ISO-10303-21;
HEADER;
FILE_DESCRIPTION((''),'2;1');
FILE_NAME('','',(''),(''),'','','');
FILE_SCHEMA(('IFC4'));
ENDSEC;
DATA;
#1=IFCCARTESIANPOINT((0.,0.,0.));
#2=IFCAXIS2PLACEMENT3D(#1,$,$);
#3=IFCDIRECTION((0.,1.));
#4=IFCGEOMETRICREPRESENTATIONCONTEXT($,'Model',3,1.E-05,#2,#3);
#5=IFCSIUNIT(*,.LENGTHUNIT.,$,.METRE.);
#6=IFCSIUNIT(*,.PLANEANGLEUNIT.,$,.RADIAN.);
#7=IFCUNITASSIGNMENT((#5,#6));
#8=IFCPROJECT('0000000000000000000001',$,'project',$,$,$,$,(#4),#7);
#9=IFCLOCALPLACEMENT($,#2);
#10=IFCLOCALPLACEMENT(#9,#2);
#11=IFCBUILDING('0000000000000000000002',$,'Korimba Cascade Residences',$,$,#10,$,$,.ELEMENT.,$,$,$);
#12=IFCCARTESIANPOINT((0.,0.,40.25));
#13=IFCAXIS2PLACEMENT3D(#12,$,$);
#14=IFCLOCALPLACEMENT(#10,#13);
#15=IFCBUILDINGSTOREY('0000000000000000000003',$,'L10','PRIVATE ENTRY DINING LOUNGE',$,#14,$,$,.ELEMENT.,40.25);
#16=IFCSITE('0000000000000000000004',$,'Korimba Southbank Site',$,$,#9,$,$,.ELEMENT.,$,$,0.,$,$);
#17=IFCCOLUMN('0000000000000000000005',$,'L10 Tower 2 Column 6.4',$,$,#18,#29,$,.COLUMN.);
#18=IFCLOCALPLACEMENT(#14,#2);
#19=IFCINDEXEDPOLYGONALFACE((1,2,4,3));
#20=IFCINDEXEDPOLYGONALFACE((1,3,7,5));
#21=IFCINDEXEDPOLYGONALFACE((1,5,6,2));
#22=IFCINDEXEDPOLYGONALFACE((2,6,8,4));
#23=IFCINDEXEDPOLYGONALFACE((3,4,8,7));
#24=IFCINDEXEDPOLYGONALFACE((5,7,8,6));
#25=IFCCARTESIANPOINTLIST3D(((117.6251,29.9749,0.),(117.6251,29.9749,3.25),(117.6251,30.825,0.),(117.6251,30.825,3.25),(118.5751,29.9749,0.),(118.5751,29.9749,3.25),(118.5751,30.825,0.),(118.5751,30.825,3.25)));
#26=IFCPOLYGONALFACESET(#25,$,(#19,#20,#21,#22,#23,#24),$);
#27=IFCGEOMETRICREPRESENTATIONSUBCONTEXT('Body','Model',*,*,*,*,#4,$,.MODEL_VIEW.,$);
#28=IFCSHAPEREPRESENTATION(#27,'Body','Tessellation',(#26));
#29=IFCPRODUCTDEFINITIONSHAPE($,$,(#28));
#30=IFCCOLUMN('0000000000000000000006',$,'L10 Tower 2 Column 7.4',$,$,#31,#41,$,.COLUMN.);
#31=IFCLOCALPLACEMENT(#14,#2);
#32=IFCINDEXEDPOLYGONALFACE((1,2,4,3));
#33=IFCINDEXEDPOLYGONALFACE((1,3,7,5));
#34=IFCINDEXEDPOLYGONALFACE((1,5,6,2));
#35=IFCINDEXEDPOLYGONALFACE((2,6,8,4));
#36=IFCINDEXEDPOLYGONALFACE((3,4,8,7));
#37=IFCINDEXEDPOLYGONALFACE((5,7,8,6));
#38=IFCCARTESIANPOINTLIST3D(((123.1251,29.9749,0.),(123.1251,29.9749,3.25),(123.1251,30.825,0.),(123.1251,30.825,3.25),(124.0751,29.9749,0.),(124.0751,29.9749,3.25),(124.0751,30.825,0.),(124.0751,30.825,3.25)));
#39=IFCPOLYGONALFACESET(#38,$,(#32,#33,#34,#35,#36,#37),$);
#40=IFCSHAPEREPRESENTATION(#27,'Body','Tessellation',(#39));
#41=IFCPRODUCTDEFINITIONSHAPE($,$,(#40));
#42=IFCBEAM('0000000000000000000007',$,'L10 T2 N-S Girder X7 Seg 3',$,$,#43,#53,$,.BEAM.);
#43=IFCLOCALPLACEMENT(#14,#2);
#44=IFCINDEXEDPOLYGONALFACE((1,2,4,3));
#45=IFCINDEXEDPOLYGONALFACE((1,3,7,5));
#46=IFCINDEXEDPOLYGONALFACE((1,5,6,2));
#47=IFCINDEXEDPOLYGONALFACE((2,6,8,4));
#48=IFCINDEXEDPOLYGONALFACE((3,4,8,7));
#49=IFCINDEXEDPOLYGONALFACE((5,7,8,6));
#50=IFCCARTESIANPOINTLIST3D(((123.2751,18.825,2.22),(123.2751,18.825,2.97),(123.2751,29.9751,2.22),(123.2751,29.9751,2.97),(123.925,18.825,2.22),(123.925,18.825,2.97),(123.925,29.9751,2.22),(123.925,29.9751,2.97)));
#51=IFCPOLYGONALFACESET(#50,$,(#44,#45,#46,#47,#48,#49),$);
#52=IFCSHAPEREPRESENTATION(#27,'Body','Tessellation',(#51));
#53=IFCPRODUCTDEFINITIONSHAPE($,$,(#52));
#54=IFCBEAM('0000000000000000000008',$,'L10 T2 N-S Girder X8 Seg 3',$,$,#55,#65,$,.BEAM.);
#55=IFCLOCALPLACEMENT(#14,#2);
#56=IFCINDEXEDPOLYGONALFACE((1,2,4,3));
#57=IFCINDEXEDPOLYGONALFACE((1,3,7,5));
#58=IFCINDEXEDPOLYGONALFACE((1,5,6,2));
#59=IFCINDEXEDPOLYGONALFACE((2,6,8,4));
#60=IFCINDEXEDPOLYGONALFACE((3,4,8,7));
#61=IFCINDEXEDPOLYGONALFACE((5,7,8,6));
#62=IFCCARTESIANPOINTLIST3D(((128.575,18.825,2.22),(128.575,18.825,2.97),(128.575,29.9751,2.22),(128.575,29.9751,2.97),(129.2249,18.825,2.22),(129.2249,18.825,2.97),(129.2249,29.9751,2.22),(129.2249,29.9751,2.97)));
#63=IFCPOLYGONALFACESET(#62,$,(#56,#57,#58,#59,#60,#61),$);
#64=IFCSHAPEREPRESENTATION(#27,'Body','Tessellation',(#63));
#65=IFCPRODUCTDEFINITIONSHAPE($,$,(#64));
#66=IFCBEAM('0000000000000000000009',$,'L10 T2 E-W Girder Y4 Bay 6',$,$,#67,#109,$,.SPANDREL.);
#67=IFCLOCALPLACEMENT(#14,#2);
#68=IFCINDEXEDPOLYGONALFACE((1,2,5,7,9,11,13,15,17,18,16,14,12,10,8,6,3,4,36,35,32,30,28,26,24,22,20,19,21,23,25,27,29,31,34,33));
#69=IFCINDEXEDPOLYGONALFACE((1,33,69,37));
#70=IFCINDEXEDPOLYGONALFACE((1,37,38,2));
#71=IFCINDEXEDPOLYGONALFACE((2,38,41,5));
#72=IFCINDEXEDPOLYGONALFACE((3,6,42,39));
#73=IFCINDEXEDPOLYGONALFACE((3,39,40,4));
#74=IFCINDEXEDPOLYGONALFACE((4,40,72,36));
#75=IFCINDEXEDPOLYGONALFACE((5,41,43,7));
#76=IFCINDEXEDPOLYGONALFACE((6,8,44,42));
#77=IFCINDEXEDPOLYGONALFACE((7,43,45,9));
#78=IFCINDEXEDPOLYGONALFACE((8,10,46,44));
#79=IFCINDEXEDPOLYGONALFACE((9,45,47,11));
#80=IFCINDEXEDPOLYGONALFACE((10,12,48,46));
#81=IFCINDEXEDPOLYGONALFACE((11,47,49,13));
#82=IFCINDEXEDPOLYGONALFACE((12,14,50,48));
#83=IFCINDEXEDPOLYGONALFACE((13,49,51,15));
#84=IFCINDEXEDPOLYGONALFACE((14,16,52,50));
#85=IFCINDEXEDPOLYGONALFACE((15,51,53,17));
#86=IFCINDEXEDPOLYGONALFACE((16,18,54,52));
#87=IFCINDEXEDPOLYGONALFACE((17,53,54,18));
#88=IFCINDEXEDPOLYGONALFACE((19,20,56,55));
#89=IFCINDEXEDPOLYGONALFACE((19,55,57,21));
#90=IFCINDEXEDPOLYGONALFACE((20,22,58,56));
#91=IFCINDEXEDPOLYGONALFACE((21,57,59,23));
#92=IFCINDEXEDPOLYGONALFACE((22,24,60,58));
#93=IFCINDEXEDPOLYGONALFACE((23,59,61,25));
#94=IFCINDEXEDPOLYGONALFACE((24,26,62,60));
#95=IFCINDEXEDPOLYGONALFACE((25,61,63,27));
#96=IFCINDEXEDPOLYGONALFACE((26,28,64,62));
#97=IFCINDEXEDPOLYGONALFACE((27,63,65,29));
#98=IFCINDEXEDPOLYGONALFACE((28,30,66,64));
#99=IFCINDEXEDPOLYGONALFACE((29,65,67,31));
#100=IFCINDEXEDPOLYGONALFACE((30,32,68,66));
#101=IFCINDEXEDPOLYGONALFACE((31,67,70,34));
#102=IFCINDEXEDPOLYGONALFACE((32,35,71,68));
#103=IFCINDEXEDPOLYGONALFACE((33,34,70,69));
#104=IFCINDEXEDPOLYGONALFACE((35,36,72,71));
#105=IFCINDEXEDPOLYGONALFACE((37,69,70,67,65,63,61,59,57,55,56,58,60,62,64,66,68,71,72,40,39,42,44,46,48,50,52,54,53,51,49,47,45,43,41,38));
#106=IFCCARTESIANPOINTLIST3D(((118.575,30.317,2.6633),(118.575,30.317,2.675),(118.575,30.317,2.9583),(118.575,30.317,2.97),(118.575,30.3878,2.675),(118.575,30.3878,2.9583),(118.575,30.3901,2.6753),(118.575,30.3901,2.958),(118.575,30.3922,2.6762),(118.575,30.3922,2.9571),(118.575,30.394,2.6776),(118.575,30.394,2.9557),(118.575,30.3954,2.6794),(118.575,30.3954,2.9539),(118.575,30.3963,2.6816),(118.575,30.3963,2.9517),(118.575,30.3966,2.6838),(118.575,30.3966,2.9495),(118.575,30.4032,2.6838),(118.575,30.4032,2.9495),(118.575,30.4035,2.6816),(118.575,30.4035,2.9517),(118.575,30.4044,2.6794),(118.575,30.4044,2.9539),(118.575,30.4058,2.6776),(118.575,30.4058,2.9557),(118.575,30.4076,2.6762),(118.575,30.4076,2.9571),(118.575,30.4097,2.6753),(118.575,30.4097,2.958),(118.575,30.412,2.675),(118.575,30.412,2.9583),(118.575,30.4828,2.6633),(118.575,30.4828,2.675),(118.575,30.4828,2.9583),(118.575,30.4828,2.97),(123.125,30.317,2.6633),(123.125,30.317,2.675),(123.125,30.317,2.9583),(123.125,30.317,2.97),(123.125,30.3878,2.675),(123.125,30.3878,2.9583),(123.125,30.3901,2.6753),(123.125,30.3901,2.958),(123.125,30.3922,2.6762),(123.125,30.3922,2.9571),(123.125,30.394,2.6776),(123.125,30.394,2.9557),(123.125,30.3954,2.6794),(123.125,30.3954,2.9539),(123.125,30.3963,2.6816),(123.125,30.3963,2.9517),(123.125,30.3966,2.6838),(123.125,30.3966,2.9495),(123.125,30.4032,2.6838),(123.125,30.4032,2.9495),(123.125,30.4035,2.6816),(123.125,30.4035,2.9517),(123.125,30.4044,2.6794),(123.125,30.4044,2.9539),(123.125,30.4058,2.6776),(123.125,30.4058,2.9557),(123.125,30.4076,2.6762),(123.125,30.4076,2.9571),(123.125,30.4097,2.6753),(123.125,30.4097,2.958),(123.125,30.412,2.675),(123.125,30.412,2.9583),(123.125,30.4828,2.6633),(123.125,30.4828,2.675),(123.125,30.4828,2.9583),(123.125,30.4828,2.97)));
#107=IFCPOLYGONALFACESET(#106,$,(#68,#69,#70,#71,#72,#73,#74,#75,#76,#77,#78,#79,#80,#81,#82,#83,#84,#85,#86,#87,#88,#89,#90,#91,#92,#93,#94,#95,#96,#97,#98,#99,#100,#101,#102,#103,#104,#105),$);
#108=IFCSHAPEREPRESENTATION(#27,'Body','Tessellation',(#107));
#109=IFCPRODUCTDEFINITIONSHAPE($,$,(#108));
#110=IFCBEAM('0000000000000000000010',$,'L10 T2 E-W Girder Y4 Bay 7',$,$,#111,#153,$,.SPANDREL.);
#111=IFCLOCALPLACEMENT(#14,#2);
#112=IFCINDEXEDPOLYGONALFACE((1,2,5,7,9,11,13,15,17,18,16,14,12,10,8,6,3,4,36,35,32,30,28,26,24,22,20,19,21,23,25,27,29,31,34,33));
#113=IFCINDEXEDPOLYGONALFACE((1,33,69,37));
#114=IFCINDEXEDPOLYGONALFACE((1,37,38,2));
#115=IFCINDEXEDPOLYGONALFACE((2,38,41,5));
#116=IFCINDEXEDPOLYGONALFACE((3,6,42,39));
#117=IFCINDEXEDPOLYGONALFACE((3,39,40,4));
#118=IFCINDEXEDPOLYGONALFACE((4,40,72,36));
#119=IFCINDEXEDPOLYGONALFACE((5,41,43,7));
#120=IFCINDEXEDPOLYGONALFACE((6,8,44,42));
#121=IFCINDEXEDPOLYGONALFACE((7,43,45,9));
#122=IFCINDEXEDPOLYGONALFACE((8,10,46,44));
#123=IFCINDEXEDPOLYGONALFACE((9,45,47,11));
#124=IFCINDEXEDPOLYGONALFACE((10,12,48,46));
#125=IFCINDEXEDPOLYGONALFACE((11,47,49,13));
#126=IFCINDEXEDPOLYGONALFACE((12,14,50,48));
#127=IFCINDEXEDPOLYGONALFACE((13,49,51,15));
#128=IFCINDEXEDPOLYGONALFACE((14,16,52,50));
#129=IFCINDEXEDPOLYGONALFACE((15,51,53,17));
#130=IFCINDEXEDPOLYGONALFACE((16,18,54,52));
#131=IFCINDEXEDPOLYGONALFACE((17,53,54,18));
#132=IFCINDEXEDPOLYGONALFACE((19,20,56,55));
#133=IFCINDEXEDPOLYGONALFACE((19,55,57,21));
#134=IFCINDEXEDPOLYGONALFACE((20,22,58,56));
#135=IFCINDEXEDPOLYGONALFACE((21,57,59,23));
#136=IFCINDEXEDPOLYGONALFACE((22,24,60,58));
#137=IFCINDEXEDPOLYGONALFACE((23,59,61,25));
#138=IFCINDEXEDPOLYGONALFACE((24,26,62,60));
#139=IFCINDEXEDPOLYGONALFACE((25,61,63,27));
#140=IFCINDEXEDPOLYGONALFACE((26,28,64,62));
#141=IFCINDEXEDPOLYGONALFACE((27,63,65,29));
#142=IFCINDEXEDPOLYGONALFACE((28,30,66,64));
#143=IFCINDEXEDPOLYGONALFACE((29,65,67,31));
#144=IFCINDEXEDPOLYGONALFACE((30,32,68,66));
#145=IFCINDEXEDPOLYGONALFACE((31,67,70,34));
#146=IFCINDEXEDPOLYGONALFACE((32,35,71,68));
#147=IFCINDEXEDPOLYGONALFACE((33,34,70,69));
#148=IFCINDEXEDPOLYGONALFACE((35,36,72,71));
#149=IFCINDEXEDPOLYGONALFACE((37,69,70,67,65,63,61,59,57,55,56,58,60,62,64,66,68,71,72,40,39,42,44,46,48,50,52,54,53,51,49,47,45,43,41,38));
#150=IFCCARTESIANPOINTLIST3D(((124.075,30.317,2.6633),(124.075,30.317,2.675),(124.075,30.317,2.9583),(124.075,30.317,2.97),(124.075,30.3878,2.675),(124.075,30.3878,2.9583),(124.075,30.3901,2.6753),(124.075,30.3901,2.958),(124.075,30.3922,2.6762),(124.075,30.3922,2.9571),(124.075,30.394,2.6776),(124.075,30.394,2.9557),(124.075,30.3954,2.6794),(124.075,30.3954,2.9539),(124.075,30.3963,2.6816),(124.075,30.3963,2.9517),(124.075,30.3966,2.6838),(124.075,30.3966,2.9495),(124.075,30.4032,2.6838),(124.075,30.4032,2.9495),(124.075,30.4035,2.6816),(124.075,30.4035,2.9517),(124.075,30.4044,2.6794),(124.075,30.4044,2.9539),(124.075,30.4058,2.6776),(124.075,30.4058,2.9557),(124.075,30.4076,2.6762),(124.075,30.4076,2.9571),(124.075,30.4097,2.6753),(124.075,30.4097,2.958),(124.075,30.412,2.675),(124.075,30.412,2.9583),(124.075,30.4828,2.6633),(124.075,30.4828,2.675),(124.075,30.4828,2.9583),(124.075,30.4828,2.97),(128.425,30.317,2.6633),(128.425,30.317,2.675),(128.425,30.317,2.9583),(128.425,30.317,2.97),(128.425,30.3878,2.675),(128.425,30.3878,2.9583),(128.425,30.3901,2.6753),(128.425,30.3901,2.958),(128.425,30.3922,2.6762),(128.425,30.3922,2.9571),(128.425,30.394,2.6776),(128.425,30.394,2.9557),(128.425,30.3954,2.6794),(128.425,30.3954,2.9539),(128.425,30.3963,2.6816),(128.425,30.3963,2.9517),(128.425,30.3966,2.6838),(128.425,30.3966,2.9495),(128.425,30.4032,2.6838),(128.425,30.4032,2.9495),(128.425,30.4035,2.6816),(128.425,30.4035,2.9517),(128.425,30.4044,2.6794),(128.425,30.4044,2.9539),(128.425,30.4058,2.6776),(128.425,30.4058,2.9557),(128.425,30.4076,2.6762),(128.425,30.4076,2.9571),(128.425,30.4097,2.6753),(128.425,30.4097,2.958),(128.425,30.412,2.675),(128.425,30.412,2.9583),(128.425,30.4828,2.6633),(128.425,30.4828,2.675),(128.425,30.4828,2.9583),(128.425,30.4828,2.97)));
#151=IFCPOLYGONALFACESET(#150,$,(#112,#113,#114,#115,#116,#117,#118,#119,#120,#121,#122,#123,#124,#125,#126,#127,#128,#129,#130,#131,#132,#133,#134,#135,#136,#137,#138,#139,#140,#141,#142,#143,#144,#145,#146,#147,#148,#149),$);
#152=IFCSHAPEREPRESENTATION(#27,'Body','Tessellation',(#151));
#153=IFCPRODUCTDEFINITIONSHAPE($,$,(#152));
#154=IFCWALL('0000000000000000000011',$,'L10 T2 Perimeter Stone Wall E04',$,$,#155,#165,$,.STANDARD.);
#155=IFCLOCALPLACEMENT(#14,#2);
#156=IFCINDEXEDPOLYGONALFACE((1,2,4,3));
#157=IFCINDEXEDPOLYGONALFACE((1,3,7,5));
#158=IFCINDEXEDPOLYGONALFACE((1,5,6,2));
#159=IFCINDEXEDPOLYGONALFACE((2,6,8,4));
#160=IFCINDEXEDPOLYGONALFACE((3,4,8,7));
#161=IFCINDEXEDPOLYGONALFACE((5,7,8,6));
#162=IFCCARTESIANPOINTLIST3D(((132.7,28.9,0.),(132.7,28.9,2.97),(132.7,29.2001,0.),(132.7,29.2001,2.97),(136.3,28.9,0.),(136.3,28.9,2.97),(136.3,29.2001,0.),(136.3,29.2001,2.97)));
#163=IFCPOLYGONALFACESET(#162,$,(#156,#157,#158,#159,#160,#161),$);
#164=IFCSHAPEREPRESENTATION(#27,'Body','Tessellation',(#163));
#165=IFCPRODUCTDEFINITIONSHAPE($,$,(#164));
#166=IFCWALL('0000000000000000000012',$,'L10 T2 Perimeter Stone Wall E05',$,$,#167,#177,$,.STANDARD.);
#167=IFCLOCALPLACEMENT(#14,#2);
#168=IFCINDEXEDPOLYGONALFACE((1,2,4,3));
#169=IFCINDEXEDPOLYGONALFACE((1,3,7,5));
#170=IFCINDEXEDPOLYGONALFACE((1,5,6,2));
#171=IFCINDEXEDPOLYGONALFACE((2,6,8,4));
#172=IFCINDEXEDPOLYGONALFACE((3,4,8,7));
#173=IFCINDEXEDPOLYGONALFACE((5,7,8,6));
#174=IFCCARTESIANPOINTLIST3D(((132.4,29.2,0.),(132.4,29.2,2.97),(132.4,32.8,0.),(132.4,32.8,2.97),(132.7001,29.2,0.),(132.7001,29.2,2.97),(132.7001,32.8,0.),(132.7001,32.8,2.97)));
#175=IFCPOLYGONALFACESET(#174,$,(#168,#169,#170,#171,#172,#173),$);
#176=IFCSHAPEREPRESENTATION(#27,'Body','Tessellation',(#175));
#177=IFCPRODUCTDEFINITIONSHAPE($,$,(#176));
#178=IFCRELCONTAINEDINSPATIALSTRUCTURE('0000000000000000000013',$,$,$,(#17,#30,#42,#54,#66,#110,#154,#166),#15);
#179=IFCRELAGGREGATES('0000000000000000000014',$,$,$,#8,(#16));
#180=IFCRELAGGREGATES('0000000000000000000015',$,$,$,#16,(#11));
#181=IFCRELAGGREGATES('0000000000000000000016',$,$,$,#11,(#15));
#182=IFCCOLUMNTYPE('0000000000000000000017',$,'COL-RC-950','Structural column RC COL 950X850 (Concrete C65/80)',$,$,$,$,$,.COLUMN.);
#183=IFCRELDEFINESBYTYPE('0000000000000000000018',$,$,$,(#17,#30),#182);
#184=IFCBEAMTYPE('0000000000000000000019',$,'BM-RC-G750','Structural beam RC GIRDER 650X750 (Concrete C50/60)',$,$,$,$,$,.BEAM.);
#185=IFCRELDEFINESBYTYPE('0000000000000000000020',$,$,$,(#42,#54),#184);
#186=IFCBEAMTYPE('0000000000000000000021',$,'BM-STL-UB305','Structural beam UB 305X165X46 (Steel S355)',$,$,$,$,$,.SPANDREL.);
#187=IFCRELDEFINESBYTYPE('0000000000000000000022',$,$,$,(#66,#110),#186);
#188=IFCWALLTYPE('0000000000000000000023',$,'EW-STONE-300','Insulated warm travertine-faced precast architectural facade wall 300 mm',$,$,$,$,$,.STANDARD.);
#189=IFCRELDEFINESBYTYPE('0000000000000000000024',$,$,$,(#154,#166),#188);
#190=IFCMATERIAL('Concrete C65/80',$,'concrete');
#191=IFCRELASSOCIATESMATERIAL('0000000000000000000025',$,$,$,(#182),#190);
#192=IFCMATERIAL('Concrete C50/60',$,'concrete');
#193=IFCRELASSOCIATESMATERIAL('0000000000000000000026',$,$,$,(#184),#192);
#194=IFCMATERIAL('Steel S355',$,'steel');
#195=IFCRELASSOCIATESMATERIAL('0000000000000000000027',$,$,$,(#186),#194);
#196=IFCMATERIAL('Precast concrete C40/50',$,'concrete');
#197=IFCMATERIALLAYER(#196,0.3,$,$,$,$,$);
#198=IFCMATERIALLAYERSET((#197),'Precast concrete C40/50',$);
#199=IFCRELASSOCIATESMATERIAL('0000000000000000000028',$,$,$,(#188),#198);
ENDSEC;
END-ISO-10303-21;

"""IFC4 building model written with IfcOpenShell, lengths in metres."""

from ifc_helpers import new_model, si_unit, direction, frame, frame_2d, origin, origin_2d, place, context, subcontext, project, spatial, rectangle, i_section, extrude, material, layer, layer_set, material_profile, profile_set, type_object, element, save


model = new_model("IFC4")

# Units and contexts
model_context = context("Model", 3, precision=1e-05, world=origin(), true_north=direction((0.0, 1.0)))
body_context = subcontext(model_context, "Body", "Model", "MODEL_VIEW")
ifc_project = project(units=[si_unit("LENGTHUNIT", "METRE"), si_unit("PLANEANGLEUNIT", "RADIAN")], contexts=[model_context])

# Site, building, storey
site_placement = place(None, origin())
site = spatial("IfcSite", under=ifc_project, at=site_placement, Name="Korimba Southbank Site", CompositionType="ELEMENT", RefElevation=0.0)
building_placement = place(site_placement, origin())
building = spatial("IfcBuilding", under=site, at=building_placement, Name="Korimba Cascade Residences", CompositionType="ELEMENT")
storey_placement = place(building_placement, frame((0.0, 0.0, 40.25)))
storey = spatial("IfcBuildingStorey", under=building, at=storey_placement, Name="L10", Description="PRIVATE ENTRY DINING LOUNGE", CompositionType="ELEMENT", Elevation=40.25)

# Columns
ifc_material_1 = material(Name="Concrete C65/80", Category="concrete")
ifc_material_profile_1 = material_profile(ifc_material_1, rectangle(XDim=0.95, YDim=0.8501, at=origin_2d()), Name="Concrete C65/80")
ifc_profile_set_1 = profile_set([ifc_material_profile_1], Name="Concrete C65/80")
column_type = type_object("IfcColumnType", Name="COL-RC-950", Description="Structural column RC COL 950X850 (Concrete C65/80)", PredefinedType="COLUMN", material=ifc_profile_set_1)
for number, where, z_axis, x_axis, name in (
    (1, (118.1001, 30.3999, 0.0), (0.0, 0.0, 1.0), (1.0, 0.0, 0.0), "L10 Tower 2 Column 6.4"),
    (2, (123.6001, 30.3999, 0.0), (0.0, 0.0, 1.0), (1.0, 0.0, 0.0), "L10 Tower 2 Column 7.4"),
):
    element("IfcColumn", number, at=place(storey_placement, frame(where, z_axis=z_axis, x_axis=x_axis)), inside=storey, type_object=column_type, Name=name, PredefinedType="COLUMN", context=body_context, shape_type="SweptSolid", body=[
        extrude(rectangle(XDim=0.95, YDim=0.8501, at=origin_2d()), origin(), (0.0, 0.0, 1.0), 3.25),
    ])

# Beams
ifc_material_2 = material(Name="Concrete C50/60", Category="concrete")
ifc_material_profile_2 = material_profile(ifc_material_2, rectangle(XDim=0.6499, YDim=0.75, at=origin_2d()), Name="Concrete C50/60")
ifc_profile_set_2 = profile_set([ifc_material_profile_2], Name="Concrete C50/60")
beam_type_1 = type_object("IfcBeamType", Name="BM-RC-G750", Description="Structural beam RC GIRDER 650X750 (Concrete C50/60)", PredefinedType="BEAM", material=ifc_profile_set_2)
for number, where, z_axis, x_axis, name in (
    (3, (123.6001, 18.825, 2.595), (0.0, 1.0, 0.0), (-1.0, 0.0, 0.0), "L10 T2 N-S Girder X7 Seg 3"),
    (4, (128.8999, 18.825, 2.595), (0.0, 1.0, 0.0), (-1.0, 0.0, 0.0), "L10 T2 N-S Girder X8 Seg 3"),
):
    element("IfcBeam", number, at=place(storey_placement, frame(where, z_axis=z_axis, x_axis=x_axis)), inside=storey, type_object=beam_type_1, Name=name, PredefinedType="BEAM", context=body_context, shape_type="SweptSolid", body=[
        extrude(rectangle(XDim=0.6499, YDim=0.75, at=origin_2d()), origin(), (0.0, 0.0, 1.0), 11.1501),
    ])
ifc_material_3 = material(Name="Steel S355", Category="steel")
ifc_material_profile_3 = material_profile(ifc_material_3, i_section(OverallWidth=0.1658, OverallDepth=0.3066, WebThickness=0.0066, FlangeThickness=0.0117, FilletRadius=0.0088, at=origin_2d()), Name="Steel S355")
ifc_profile_set_3 = profile_set([ifc_material_profile_3], Name="Steel S355")
beam_type_2 = type_object("IfcBeamType", Name="BM-STL-UB305", Description="Structural beam UB 305X165X46 (Steel S355)", PredefinedType="SPANDREL", material=ifc_profile_set_3)
beam_1_placement = place(storey_placement, frame((118.575, 30.3999, 2.8167), z_axis=(1.0, 0.0, 0.0), x_axis=(0.0, 1.0, 0.0)))
element("IfcBeam", 5, at=beam_1_placement, inside=storey, type_object=beam_type_2, Name="L10 T2 E-W Girder Y4 Bay 6", PredefinedType="SPANDREL", context=body_context, shape_type="SweptSolid", body=[
    extrude(i_section(OverallWidth=0.1658, OverallDepth=0.3066, WebThickness=0.0066, FlangeThickness=0.0117, FilletRadius=0.0088, at=origin_2d()), origin(), (0.0, 0.0, 1.0), 4.55),
])
beam_2_placement = place(storey_placement, frame((124.075, 30.3999, 2.8167), z_axis=(1.0, 0.0, 0.0), x_axis=(0.0, 1.0, 0.0)))
element("IfcBeam", 6, at=beam_2_placement, inside=storey, type_object=beam_type_2, Name="L10 T2 E-W Girder Y4 Bay 7", PredefinedType="SPANDREL", context=body_context, shape_type="SweptSolid", body=[
    extrude(i_section(OverallWidth=0.1658, OverallDepth=0.3066, WebThickness=0.0066, FlangeThickness=0.0117, FilletRadius=0.0088, at=origin_2d()), origin(), (0.0, 0.0, 1.0), 4.3501),
])

# Walls
ifc_material_4 = material(Name="Precast concrete C40/50", Category="concrete")
ifc_layer_1 = layer(ifc_material_4, 0.3)
ifc_layer_set_1 = layer_set([ifc_layer_1], Name="Precast concrete C40/50")
wall_type_1 = type_object("IfcWallType", Name="EW-STONE-300", Description="Insulated warm travertine-faced precast architectural facade wall 300 mm", PredefinedType="STANDARD", material=ifc_layer_set_1)
for number, where, z_axis, x_axis, name in (
    (7, (136.3, 29.05, 0.0), (0.0, 0.0, 1.0), (-1.0, 0.0, 0.0), "L10 T2 Perimeter Stone Wall E04"),
    (8, (132.55, 29.2, 0.0), (0.0, 0.0, 1.0), (0.0, 1.0, 0.0), "L10 T2 Perimeter Stone Wall E05"),
):
    element("IfcWall", number, at=place(storey_placement, frame(where, z_axis=z_axis, x_axis=x_axis)), inside=storey, type_object=wall_type_1, Name=name, PredefinedType="STANDARD", context=body_context, shape_type="SweptSolid", body=[
        extrude(rectangle(XDim=3.6001, YDim=0.3, at=frame_2d((1.8, 0.0))), origin(), (0.0, 0.0, 1.0), 2.97),
    ])

save(model, "model.ifc")
